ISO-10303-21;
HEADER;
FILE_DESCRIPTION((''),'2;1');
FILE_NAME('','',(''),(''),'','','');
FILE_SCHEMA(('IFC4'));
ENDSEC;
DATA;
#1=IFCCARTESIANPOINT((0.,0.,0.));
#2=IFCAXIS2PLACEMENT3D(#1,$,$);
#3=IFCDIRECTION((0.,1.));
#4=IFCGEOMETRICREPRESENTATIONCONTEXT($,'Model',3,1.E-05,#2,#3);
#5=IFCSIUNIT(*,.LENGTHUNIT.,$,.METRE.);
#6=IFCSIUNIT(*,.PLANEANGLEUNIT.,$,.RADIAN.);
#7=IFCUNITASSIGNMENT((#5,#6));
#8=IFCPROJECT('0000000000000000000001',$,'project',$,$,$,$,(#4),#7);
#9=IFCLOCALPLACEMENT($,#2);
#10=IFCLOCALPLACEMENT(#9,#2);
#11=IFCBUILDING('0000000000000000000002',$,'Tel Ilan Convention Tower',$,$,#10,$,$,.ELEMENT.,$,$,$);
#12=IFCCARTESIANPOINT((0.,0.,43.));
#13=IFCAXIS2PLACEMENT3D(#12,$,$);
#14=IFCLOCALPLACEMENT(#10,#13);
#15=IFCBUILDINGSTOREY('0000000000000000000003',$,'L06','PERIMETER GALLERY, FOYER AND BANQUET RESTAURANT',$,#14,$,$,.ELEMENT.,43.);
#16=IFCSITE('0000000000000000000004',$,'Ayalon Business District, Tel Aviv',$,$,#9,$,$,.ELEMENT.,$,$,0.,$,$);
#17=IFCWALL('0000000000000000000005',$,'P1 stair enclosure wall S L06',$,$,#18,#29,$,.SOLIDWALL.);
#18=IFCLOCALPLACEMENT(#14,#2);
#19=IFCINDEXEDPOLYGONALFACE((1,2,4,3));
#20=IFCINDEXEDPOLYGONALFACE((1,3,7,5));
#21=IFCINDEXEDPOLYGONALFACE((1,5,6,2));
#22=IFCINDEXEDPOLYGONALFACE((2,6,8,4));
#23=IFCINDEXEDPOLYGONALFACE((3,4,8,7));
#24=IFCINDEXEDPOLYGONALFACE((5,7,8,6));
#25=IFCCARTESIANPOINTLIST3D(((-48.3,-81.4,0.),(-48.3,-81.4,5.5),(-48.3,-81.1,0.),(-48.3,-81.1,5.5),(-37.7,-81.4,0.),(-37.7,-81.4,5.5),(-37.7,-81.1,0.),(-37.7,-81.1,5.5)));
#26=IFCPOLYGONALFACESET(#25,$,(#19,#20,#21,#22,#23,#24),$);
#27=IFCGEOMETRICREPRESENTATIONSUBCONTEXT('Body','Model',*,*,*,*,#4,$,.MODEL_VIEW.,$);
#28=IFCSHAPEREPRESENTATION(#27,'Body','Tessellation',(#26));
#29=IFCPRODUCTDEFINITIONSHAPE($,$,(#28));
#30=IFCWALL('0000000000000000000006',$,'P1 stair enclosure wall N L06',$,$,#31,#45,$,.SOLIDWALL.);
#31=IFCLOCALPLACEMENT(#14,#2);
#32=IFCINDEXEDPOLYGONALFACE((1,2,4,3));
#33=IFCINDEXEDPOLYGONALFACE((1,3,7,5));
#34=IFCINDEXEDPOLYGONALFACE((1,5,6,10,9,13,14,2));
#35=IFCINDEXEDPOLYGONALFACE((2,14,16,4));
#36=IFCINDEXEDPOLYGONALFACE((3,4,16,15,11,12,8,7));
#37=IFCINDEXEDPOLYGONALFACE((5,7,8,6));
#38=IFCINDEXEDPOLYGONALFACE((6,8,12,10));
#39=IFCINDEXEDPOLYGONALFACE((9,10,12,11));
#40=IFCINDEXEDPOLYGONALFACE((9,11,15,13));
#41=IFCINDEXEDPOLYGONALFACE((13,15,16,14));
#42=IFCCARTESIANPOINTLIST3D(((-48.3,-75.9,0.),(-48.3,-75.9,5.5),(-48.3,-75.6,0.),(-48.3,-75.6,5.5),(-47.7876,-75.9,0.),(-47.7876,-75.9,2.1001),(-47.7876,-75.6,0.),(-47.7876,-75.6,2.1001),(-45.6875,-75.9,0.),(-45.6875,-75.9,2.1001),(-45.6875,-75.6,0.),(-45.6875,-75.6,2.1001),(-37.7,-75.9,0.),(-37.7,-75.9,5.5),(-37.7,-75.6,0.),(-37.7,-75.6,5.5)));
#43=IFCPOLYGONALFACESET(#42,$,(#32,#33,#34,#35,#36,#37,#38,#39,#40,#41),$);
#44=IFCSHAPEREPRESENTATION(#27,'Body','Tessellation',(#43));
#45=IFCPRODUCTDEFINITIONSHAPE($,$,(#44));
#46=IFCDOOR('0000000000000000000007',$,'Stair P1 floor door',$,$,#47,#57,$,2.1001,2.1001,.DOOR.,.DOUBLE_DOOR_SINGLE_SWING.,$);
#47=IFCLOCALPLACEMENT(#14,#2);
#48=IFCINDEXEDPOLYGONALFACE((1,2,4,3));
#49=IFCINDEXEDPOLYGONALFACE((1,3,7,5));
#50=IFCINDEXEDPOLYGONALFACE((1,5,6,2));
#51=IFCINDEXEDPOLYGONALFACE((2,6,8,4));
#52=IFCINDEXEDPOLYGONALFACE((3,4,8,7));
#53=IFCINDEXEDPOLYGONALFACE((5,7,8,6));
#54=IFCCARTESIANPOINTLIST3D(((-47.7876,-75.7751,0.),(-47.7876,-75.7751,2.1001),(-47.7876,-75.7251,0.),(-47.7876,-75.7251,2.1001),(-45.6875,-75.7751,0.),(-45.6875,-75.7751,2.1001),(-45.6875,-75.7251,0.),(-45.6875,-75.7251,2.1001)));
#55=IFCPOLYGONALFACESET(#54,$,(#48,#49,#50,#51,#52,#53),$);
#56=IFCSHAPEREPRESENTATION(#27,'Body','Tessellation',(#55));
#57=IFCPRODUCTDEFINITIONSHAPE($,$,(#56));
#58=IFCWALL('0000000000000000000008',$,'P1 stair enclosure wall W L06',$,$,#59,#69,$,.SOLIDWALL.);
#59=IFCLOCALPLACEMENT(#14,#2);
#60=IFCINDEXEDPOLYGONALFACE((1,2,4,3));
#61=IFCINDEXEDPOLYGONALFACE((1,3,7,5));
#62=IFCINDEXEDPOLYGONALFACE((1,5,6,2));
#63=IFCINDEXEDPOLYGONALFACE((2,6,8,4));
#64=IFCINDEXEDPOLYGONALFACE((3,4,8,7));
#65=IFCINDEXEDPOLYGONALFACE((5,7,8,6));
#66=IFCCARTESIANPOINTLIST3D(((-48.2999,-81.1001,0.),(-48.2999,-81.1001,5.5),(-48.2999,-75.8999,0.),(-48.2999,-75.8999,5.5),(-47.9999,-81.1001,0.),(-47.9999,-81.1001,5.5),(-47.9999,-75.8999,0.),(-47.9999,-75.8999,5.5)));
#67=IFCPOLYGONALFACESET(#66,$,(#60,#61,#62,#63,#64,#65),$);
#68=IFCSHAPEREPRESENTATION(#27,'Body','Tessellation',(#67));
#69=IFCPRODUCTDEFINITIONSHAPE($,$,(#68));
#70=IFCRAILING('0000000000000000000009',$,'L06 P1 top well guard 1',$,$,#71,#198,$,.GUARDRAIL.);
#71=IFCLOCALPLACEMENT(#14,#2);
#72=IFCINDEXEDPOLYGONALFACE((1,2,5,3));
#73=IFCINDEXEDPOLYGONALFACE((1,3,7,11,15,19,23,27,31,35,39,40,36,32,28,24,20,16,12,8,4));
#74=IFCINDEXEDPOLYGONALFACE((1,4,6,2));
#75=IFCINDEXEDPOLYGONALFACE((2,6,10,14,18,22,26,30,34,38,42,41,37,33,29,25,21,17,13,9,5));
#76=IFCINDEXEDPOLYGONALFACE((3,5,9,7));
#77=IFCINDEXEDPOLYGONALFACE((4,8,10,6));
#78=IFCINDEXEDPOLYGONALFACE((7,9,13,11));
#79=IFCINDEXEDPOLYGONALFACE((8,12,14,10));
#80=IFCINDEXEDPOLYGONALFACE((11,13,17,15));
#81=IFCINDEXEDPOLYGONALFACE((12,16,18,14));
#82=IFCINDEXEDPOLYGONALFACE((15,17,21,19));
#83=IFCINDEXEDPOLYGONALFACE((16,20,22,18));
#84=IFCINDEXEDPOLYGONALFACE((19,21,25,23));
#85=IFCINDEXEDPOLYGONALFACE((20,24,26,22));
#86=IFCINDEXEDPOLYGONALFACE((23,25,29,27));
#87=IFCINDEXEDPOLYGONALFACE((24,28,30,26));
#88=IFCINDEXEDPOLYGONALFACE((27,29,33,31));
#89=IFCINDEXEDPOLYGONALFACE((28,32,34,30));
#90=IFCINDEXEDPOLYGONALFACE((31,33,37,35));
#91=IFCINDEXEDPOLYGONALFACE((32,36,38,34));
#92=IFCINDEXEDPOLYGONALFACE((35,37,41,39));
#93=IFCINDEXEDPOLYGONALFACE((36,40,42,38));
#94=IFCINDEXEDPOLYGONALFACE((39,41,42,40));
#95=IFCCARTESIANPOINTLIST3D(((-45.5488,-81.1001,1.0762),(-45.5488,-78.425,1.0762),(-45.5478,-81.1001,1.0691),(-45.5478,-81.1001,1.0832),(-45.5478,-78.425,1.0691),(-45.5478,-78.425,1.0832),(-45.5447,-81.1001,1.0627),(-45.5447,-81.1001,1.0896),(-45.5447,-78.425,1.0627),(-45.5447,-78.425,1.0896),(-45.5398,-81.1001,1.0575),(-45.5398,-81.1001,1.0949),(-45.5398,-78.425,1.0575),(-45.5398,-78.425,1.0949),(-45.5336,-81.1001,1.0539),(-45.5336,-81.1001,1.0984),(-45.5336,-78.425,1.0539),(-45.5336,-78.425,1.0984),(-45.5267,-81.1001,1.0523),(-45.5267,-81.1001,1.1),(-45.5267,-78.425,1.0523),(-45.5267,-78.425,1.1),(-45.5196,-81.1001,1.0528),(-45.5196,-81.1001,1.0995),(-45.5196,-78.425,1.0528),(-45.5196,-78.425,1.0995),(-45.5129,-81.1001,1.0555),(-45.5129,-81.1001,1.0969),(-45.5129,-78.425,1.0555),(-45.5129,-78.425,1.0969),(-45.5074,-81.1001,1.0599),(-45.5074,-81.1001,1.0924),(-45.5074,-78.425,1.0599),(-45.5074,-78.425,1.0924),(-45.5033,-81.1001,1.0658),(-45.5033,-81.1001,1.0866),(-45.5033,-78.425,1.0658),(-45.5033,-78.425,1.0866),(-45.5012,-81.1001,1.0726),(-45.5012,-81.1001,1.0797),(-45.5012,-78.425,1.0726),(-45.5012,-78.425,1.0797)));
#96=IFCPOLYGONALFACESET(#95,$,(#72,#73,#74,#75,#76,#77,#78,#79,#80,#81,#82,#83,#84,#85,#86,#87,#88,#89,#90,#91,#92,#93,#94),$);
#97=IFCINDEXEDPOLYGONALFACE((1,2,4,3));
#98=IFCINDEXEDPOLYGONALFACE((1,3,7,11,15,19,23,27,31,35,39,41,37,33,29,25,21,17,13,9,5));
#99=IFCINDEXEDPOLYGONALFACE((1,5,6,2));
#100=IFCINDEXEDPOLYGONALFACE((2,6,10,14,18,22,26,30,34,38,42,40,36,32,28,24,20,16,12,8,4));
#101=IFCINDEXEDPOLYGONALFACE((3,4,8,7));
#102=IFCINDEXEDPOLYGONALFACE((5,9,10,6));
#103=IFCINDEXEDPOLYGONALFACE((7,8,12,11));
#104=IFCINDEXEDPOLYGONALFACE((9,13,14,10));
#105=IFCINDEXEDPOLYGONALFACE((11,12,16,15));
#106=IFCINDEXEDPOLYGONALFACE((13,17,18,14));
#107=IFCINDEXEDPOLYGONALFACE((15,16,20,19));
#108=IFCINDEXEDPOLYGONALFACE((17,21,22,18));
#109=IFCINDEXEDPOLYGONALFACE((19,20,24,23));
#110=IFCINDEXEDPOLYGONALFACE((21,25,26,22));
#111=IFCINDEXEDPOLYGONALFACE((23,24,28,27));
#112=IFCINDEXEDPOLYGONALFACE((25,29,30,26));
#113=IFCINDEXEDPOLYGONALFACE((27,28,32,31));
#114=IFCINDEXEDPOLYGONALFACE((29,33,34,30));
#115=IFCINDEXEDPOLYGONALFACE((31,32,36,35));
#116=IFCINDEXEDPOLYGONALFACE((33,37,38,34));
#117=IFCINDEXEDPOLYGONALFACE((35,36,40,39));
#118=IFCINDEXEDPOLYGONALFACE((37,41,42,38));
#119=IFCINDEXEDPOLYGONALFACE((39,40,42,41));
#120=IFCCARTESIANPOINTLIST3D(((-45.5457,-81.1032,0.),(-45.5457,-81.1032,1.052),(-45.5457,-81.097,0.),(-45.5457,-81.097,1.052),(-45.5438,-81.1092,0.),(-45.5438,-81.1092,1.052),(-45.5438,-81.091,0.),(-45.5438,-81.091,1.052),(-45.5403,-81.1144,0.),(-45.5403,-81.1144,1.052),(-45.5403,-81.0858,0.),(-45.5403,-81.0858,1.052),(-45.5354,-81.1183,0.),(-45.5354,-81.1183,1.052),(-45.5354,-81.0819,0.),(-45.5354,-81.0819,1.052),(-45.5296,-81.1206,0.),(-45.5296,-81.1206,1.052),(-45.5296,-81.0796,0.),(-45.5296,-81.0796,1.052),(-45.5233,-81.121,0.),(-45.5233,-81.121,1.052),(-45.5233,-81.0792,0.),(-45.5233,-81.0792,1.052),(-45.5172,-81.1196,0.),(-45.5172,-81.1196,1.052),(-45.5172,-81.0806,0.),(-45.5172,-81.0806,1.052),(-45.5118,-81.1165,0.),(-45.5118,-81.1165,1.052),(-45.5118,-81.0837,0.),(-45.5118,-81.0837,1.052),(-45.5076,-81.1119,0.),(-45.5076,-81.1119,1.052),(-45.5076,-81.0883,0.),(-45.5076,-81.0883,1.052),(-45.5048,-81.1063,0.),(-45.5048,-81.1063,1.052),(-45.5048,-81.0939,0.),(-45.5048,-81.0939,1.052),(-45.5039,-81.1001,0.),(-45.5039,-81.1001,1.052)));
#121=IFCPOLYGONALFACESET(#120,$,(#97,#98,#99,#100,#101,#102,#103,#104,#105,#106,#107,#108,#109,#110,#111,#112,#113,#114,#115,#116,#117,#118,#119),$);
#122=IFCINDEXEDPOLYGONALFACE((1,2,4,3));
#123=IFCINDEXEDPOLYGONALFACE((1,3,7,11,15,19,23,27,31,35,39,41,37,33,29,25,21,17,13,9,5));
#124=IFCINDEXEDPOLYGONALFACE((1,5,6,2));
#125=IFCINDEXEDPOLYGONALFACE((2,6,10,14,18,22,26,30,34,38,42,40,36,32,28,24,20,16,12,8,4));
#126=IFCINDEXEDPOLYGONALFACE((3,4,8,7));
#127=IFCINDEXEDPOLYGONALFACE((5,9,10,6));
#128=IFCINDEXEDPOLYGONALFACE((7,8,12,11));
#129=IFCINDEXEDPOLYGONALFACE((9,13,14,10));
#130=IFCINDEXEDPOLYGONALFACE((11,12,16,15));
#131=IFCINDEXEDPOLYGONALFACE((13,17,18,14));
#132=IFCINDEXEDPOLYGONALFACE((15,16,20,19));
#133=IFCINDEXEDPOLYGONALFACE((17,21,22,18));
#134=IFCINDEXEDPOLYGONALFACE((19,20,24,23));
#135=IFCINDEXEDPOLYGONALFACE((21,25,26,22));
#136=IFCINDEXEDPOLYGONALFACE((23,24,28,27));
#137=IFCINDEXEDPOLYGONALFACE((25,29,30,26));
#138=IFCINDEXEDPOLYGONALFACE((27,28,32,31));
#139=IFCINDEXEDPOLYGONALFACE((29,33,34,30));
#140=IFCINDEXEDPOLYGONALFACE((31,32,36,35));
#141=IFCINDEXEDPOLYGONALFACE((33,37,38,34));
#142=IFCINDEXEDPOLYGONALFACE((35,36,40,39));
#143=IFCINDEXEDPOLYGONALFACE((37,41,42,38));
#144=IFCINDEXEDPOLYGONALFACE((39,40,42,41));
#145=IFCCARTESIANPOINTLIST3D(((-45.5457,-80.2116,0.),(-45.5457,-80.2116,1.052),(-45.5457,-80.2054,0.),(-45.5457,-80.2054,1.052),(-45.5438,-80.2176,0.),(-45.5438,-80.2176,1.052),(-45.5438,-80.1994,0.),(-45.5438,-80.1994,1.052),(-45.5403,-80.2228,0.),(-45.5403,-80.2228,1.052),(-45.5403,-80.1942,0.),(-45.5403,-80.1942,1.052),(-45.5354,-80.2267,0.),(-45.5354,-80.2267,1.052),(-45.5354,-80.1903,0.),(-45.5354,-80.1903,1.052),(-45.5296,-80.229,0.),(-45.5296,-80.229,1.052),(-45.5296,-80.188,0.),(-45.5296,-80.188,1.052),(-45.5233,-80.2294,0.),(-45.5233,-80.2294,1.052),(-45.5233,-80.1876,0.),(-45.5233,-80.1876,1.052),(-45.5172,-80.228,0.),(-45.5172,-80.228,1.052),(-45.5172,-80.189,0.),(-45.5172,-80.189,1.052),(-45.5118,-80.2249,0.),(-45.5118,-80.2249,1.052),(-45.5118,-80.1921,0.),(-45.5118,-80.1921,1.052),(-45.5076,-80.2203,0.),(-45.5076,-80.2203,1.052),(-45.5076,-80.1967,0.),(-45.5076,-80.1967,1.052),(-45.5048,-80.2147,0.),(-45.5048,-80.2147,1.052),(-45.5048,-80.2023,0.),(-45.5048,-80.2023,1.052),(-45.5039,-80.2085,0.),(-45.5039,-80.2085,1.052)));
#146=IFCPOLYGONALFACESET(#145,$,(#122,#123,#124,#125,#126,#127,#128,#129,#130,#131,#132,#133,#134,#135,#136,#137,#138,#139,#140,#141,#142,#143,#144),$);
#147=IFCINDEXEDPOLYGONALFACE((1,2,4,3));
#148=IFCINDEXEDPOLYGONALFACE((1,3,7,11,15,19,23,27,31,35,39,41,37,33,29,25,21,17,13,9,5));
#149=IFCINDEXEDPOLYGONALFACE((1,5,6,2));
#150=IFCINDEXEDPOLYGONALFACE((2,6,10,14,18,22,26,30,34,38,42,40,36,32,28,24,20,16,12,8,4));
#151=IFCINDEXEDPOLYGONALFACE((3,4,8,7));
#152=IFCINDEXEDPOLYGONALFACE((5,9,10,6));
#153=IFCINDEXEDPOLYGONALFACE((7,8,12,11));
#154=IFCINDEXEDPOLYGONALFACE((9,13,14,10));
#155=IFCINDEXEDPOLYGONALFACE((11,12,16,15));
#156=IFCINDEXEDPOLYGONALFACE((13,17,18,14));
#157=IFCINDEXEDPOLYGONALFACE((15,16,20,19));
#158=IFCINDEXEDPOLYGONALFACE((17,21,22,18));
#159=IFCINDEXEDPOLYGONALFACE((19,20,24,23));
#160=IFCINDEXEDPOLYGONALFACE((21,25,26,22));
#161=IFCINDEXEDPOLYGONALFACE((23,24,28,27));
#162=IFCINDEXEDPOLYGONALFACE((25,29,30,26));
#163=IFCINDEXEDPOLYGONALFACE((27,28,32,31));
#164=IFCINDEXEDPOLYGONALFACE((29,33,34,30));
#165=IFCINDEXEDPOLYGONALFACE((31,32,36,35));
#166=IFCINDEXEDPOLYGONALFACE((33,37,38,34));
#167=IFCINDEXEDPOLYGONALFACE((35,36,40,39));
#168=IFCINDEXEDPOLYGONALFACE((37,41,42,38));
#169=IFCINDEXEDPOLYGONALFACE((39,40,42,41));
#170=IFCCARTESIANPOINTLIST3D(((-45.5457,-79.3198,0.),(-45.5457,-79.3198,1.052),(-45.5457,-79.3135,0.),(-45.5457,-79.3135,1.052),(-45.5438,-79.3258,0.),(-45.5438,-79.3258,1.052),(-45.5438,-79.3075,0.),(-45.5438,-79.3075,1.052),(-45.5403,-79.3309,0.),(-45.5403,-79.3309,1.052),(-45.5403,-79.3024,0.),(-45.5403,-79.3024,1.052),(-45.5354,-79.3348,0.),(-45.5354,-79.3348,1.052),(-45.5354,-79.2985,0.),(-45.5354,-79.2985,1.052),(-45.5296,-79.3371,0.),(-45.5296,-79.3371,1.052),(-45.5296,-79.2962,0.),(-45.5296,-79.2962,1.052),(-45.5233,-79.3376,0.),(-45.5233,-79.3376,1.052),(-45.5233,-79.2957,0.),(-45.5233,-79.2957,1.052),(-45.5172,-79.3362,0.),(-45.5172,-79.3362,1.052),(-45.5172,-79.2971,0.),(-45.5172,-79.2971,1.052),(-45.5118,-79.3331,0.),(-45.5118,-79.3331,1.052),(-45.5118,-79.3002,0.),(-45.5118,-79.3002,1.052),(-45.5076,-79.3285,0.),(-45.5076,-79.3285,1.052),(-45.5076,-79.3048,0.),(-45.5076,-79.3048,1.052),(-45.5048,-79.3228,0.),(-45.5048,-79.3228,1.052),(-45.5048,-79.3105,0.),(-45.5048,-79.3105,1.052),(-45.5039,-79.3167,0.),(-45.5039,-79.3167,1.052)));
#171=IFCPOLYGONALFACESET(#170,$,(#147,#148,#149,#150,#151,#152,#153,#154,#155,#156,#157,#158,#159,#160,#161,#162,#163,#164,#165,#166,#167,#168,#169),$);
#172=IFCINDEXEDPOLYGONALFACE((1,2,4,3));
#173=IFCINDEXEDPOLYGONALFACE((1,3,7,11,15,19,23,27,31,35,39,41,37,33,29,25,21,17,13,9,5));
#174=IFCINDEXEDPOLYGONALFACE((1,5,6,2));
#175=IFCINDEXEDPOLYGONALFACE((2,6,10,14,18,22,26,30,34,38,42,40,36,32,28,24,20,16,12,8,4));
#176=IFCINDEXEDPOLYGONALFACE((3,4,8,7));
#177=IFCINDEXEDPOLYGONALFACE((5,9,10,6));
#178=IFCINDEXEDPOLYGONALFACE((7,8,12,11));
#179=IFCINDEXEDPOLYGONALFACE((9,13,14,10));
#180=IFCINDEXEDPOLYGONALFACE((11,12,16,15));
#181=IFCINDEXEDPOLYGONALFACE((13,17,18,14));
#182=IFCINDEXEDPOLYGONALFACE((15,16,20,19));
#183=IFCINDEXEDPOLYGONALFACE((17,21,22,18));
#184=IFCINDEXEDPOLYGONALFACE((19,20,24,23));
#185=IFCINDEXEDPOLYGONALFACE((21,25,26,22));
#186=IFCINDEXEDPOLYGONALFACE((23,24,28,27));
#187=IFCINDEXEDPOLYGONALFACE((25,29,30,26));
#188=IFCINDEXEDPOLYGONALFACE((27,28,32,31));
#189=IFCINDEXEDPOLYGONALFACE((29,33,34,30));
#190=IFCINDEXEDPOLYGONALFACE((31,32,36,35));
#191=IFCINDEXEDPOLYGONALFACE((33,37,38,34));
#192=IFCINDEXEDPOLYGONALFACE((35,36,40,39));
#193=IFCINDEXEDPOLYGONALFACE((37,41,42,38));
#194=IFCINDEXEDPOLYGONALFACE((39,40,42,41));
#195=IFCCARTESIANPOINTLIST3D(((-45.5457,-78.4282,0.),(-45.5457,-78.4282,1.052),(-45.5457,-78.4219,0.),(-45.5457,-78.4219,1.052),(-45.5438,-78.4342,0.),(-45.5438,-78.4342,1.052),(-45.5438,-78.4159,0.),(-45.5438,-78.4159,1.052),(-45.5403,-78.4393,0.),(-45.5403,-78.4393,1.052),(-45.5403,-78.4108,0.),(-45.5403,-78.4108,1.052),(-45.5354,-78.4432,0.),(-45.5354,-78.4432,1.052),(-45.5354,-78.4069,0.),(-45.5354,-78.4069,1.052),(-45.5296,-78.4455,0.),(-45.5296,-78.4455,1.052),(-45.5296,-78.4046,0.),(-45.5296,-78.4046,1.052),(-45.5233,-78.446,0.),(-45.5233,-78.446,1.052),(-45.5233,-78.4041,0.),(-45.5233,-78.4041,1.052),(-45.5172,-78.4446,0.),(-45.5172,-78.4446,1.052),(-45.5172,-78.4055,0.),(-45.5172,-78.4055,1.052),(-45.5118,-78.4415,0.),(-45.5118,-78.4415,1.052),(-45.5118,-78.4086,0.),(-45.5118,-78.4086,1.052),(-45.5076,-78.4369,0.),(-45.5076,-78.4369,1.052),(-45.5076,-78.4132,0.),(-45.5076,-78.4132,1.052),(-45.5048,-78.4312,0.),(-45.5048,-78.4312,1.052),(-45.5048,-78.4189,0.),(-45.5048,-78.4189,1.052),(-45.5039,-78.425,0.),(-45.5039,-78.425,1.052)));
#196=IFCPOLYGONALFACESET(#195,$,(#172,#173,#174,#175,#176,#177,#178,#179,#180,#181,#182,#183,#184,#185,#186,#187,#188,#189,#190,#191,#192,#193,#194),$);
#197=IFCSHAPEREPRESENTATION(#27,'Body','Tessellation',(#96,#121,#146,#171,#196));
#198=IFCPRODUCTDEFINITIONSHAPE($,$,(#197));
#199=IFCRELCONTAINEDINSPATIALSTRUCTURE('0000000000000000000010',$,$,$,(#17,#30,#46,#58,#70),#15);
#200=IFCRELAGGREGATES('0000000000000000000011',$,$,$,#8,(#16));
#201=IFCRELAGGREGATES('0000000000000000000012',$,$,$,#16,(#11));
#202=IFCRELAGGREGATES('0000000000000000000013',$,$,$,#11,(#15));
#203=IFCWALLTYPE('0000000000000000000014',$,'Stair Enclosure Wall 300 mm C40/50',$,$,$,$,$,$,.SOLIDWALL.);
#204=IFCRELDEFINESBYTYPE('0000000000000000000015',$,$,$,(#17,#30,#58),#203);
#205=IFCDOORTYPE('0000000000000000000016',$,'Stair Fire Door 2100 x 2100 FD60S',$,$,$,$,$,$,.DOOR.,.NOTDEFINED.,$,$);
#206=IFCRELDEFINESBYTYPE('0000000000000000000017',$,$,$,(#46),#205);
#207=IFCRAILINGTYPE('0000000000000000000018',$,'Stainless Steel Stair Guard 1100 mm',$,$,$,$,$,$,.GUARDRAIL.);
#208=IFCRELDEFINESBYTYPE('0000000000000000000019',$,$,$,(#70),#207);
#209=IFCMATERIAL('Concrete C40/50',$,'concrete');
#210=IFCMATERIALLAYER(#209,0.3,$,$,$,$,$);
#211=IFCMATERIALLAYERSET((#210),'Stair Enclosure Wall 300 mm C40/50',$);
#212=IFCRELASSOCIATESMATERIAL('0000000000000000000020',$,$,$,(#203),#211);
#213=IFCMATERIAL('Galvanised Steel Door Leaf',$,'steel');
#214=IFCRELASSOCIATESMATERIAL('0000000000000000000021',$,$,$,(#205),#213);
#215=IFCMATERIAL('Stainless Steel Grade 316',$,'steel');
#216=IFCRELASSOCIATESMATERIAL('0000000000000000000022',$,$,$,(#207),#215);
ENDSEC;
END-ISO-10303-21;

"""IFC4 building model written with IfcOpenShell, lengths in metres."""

from ifc_helpers import new_model, si_unit, direction, frame, frame_2d, origin, origin_2d, place, context, subcontext, project, spatial, rectangle, circle, extrude, material, layer, layer_set, type_object, element, fill, save


model = new_model("IFC4")

# Units and contexts
model_context = context("Model", 3, precision=1e-05, world=origin(), true_north=direction((0.0, 1.0)))
body_context = subcontext(model_context, "Body", "Model", "MODEL_VIEW")
ifc_project = project(units=[si_unit("LENGTHUNIT", "METRE"), si_unit("PLANEANGLEUNIT", "RADIAN")], contexts=[model_context])

# Site, building, storey
site_placement = place(None, origin())
site = spatial("IfcSite", under=ifc_project, at=site_placement, Name="Ayalon Business District, Tel Aviv", CompositionType="ELEMENT", RefElevation=0.0)
building_placement = place(site_placement, origin())
building = spatial("IfcBuilding", under=site, at=building_placement, Name="Tel Ilan Convention Tower", CompositionType="ELEMENT")
storey_placement = place(building_placement, frame((0.0, 0.0, 43.0)))
storey = spatial("IfcBuildingStorey", under=building, at=storey_placement, Name="L06", Description="PERIMETER GALLERY, FOYER AND BANQUET RESTAURANT", CompositionType="ELEMENT", Elevation=43.0)

# Wall
ifc_material_1 = material(Name="Concrete C40/50", Category="concrete")
ifc_layer_1 = layer(ifc_material_1, 0.3)
ifc_layer_set_1 = layer_set([ifc_layer_1], Name="Stair Enclosure Wall 300 mm C40/50")
wall_type_1 = type_object("IfcWallType", Name="Stair Enclosure Wall 300 mm C40/50", PredefinedType="SOLIDWALL", material=ifc_layer_set_1)
wall_1_placement = place(storey_placement, frame((-48.3, -81.25, 0.0), z_axis=(0.0, 0.0, 1.0), x_axis=(1.0, 0.0, 0.0)))
element("IfcWall", 1, at=wall_1_placement, inside=storey, type_object=wall_type_1, Name="P1 stair enclosure wall S L06", PredefinedType="SOLIDWALL", context=body_context, shape_type="SweptSolid", body=[
    extrude(rectangle(XDim=10.6001, YDim=0.3, at=frame_2d((5.3, 0.0))), origin(), (0.0, 0.0, 1.0), 5.5),
])

# Wall, opening, door
wall_2_placement = place(storey_placement, frame((-48.3, -75.75, 0.0), z_axis=(0.0, 0.0, 1.0), x_axis=(1.0, 0.0, 0.0)))
wall_2 = element("IfcWall", 2, at=wall_2_placement, inside=storey, type_object=wall_type_1, Name="P1 stair enclosure wall N L06", PredefinedType="SOLIDWALL", context=body_context, shape_type="SweptSolid", body=[
    extrude(rectangle(XDim=10.6001, YDim=0.3, at=frame_2d((5.3, 0.0))), origin(), (0.0, 0.0, 1.0), 5.5),
])
opening_1_placement = place(wall_2_placement, frame((0.5125, 0.0, 0.0)))
opening_1 = element("IfcOpeningElement", 3, at=opening_1_placement, cuts=wall_2, PredefinedType="OPENING", context=body_context, shape_type="SweptSolid", body=[
    extrude(rectangle(XDim=2.1001, YDim=2.1001, at=frame_2d((1.05, 1.05))), frame((0.0, 0.1599, 0.0), z_axis=(0.0, -1.0, 0.0), x_axis=(1.0, 0.0, 0.0)), (0.0, 0.0, 1.0), 0.3201),
])
ifc_material_2 = material(Name="Galvanised Steel Door Leaf", Category="steel")
door_type = type_object("IfcDoorType", Name="Stair Fire Door 2100 x 2100 FD60S", OperationType="NOTDEFINED", PredefinedType="DOOR", material=ifc_material_2)
door_placement = place(opening_1_placement, origin())
door = element("IfcDoor", 4, at=door_placement, inside=storey, type_object=door_type, Name="Stair P1 floor door", OperationType="DOUBLE_DOOR_SINGLE_SWING", OverallHeight=2.1001, OverallWidth=2.1001, PredefinedType="DOOR", context=body_context, shape_type="SweptSolid", body=[
    extrude(rectangle(XDim=2.1001, YDim=2.1001, at=frame_2d((1.05, 1.05))), frame((0.0, 0.0249, 0.0), z_axis=(0.0, -1.0, 0.0), x_axis=(1.0, 0.0, 0.0)), (0.0, 0.0, 1.0), 0.05),
])
fill(opening_1, door)

# Wall
wall_3_placement = place(storey_placement, frame((-48.1499, -81.1001, 0.0), z_axis=(0.0, 0.0, 1.0), x_axis=(0.0, 1.0, 0.0)))
element("IfcWall", 5, at=wall_3_placement, inside=storey, type_object=wall_type_1, Name="P1 stair enclosure wall W L06", PredefinedType="SOLIDWALL", context=body_context, shape_type="SweptSolid", body=[
    extrude(rectangle(XDim=5.2002, YDim=0.3, at=frame_2d((2.6001, 0.0))), origin(), (0.0, 0.0, 1.0), 5.5),
])

# Railing
ifc_material_3 = material(Name="Stainless Steel Grade 316", Category="steel")
railing_type = type_object("IfcRailingType", Name="Stainless Steel Stair Guard 1100 mm", PredefinedType="GUARDRAIL", material=ifc_material_3)
railing_placement = place(storey_placement, frame((-45.5249, -81.1001, 0.0)))
element("IfcRailing", 6, at=railing_placement, inside=storey, type_object=railing_type, Name="L06 P1 top well guard 1", PredefinedType="GUARDRAIL", context=body_context, shape_type="SweptSolid", body=[
    extrude(circle(Radius=0.0239, at=origin_2d()), frame((0.0, 0.0, 1.0762), z_axis=(0.0, 1.0, 0.0), x_axis=(-1.0, 0.0, 0.0)), (0.0, 0.0, 1.0), 2.675),
    extrude(circle(Radius=0.021, at=origin_2d()), origin(), (0.0, 0.0, 1.0), 1.052),
    extrude(circle(Radius=0.021, at=origin_2d()), frame((0.0, 0.8916, 0.0)), (0.0, 0.0, 1.0), 1.052),
    extrude(circle(Radius=0.021, at=origin_2d()), frame((0.0, 1.7834, 0.0)), (0.0, 0.0, 1.0), 1.052),
    extrude(circle(Radius=0.021, at=origin_2d()), frame((0.0, 2.675, 0.0)), (0.0, 0.0, 1.0), 1.052),
])

save(model, "model.ifc")
